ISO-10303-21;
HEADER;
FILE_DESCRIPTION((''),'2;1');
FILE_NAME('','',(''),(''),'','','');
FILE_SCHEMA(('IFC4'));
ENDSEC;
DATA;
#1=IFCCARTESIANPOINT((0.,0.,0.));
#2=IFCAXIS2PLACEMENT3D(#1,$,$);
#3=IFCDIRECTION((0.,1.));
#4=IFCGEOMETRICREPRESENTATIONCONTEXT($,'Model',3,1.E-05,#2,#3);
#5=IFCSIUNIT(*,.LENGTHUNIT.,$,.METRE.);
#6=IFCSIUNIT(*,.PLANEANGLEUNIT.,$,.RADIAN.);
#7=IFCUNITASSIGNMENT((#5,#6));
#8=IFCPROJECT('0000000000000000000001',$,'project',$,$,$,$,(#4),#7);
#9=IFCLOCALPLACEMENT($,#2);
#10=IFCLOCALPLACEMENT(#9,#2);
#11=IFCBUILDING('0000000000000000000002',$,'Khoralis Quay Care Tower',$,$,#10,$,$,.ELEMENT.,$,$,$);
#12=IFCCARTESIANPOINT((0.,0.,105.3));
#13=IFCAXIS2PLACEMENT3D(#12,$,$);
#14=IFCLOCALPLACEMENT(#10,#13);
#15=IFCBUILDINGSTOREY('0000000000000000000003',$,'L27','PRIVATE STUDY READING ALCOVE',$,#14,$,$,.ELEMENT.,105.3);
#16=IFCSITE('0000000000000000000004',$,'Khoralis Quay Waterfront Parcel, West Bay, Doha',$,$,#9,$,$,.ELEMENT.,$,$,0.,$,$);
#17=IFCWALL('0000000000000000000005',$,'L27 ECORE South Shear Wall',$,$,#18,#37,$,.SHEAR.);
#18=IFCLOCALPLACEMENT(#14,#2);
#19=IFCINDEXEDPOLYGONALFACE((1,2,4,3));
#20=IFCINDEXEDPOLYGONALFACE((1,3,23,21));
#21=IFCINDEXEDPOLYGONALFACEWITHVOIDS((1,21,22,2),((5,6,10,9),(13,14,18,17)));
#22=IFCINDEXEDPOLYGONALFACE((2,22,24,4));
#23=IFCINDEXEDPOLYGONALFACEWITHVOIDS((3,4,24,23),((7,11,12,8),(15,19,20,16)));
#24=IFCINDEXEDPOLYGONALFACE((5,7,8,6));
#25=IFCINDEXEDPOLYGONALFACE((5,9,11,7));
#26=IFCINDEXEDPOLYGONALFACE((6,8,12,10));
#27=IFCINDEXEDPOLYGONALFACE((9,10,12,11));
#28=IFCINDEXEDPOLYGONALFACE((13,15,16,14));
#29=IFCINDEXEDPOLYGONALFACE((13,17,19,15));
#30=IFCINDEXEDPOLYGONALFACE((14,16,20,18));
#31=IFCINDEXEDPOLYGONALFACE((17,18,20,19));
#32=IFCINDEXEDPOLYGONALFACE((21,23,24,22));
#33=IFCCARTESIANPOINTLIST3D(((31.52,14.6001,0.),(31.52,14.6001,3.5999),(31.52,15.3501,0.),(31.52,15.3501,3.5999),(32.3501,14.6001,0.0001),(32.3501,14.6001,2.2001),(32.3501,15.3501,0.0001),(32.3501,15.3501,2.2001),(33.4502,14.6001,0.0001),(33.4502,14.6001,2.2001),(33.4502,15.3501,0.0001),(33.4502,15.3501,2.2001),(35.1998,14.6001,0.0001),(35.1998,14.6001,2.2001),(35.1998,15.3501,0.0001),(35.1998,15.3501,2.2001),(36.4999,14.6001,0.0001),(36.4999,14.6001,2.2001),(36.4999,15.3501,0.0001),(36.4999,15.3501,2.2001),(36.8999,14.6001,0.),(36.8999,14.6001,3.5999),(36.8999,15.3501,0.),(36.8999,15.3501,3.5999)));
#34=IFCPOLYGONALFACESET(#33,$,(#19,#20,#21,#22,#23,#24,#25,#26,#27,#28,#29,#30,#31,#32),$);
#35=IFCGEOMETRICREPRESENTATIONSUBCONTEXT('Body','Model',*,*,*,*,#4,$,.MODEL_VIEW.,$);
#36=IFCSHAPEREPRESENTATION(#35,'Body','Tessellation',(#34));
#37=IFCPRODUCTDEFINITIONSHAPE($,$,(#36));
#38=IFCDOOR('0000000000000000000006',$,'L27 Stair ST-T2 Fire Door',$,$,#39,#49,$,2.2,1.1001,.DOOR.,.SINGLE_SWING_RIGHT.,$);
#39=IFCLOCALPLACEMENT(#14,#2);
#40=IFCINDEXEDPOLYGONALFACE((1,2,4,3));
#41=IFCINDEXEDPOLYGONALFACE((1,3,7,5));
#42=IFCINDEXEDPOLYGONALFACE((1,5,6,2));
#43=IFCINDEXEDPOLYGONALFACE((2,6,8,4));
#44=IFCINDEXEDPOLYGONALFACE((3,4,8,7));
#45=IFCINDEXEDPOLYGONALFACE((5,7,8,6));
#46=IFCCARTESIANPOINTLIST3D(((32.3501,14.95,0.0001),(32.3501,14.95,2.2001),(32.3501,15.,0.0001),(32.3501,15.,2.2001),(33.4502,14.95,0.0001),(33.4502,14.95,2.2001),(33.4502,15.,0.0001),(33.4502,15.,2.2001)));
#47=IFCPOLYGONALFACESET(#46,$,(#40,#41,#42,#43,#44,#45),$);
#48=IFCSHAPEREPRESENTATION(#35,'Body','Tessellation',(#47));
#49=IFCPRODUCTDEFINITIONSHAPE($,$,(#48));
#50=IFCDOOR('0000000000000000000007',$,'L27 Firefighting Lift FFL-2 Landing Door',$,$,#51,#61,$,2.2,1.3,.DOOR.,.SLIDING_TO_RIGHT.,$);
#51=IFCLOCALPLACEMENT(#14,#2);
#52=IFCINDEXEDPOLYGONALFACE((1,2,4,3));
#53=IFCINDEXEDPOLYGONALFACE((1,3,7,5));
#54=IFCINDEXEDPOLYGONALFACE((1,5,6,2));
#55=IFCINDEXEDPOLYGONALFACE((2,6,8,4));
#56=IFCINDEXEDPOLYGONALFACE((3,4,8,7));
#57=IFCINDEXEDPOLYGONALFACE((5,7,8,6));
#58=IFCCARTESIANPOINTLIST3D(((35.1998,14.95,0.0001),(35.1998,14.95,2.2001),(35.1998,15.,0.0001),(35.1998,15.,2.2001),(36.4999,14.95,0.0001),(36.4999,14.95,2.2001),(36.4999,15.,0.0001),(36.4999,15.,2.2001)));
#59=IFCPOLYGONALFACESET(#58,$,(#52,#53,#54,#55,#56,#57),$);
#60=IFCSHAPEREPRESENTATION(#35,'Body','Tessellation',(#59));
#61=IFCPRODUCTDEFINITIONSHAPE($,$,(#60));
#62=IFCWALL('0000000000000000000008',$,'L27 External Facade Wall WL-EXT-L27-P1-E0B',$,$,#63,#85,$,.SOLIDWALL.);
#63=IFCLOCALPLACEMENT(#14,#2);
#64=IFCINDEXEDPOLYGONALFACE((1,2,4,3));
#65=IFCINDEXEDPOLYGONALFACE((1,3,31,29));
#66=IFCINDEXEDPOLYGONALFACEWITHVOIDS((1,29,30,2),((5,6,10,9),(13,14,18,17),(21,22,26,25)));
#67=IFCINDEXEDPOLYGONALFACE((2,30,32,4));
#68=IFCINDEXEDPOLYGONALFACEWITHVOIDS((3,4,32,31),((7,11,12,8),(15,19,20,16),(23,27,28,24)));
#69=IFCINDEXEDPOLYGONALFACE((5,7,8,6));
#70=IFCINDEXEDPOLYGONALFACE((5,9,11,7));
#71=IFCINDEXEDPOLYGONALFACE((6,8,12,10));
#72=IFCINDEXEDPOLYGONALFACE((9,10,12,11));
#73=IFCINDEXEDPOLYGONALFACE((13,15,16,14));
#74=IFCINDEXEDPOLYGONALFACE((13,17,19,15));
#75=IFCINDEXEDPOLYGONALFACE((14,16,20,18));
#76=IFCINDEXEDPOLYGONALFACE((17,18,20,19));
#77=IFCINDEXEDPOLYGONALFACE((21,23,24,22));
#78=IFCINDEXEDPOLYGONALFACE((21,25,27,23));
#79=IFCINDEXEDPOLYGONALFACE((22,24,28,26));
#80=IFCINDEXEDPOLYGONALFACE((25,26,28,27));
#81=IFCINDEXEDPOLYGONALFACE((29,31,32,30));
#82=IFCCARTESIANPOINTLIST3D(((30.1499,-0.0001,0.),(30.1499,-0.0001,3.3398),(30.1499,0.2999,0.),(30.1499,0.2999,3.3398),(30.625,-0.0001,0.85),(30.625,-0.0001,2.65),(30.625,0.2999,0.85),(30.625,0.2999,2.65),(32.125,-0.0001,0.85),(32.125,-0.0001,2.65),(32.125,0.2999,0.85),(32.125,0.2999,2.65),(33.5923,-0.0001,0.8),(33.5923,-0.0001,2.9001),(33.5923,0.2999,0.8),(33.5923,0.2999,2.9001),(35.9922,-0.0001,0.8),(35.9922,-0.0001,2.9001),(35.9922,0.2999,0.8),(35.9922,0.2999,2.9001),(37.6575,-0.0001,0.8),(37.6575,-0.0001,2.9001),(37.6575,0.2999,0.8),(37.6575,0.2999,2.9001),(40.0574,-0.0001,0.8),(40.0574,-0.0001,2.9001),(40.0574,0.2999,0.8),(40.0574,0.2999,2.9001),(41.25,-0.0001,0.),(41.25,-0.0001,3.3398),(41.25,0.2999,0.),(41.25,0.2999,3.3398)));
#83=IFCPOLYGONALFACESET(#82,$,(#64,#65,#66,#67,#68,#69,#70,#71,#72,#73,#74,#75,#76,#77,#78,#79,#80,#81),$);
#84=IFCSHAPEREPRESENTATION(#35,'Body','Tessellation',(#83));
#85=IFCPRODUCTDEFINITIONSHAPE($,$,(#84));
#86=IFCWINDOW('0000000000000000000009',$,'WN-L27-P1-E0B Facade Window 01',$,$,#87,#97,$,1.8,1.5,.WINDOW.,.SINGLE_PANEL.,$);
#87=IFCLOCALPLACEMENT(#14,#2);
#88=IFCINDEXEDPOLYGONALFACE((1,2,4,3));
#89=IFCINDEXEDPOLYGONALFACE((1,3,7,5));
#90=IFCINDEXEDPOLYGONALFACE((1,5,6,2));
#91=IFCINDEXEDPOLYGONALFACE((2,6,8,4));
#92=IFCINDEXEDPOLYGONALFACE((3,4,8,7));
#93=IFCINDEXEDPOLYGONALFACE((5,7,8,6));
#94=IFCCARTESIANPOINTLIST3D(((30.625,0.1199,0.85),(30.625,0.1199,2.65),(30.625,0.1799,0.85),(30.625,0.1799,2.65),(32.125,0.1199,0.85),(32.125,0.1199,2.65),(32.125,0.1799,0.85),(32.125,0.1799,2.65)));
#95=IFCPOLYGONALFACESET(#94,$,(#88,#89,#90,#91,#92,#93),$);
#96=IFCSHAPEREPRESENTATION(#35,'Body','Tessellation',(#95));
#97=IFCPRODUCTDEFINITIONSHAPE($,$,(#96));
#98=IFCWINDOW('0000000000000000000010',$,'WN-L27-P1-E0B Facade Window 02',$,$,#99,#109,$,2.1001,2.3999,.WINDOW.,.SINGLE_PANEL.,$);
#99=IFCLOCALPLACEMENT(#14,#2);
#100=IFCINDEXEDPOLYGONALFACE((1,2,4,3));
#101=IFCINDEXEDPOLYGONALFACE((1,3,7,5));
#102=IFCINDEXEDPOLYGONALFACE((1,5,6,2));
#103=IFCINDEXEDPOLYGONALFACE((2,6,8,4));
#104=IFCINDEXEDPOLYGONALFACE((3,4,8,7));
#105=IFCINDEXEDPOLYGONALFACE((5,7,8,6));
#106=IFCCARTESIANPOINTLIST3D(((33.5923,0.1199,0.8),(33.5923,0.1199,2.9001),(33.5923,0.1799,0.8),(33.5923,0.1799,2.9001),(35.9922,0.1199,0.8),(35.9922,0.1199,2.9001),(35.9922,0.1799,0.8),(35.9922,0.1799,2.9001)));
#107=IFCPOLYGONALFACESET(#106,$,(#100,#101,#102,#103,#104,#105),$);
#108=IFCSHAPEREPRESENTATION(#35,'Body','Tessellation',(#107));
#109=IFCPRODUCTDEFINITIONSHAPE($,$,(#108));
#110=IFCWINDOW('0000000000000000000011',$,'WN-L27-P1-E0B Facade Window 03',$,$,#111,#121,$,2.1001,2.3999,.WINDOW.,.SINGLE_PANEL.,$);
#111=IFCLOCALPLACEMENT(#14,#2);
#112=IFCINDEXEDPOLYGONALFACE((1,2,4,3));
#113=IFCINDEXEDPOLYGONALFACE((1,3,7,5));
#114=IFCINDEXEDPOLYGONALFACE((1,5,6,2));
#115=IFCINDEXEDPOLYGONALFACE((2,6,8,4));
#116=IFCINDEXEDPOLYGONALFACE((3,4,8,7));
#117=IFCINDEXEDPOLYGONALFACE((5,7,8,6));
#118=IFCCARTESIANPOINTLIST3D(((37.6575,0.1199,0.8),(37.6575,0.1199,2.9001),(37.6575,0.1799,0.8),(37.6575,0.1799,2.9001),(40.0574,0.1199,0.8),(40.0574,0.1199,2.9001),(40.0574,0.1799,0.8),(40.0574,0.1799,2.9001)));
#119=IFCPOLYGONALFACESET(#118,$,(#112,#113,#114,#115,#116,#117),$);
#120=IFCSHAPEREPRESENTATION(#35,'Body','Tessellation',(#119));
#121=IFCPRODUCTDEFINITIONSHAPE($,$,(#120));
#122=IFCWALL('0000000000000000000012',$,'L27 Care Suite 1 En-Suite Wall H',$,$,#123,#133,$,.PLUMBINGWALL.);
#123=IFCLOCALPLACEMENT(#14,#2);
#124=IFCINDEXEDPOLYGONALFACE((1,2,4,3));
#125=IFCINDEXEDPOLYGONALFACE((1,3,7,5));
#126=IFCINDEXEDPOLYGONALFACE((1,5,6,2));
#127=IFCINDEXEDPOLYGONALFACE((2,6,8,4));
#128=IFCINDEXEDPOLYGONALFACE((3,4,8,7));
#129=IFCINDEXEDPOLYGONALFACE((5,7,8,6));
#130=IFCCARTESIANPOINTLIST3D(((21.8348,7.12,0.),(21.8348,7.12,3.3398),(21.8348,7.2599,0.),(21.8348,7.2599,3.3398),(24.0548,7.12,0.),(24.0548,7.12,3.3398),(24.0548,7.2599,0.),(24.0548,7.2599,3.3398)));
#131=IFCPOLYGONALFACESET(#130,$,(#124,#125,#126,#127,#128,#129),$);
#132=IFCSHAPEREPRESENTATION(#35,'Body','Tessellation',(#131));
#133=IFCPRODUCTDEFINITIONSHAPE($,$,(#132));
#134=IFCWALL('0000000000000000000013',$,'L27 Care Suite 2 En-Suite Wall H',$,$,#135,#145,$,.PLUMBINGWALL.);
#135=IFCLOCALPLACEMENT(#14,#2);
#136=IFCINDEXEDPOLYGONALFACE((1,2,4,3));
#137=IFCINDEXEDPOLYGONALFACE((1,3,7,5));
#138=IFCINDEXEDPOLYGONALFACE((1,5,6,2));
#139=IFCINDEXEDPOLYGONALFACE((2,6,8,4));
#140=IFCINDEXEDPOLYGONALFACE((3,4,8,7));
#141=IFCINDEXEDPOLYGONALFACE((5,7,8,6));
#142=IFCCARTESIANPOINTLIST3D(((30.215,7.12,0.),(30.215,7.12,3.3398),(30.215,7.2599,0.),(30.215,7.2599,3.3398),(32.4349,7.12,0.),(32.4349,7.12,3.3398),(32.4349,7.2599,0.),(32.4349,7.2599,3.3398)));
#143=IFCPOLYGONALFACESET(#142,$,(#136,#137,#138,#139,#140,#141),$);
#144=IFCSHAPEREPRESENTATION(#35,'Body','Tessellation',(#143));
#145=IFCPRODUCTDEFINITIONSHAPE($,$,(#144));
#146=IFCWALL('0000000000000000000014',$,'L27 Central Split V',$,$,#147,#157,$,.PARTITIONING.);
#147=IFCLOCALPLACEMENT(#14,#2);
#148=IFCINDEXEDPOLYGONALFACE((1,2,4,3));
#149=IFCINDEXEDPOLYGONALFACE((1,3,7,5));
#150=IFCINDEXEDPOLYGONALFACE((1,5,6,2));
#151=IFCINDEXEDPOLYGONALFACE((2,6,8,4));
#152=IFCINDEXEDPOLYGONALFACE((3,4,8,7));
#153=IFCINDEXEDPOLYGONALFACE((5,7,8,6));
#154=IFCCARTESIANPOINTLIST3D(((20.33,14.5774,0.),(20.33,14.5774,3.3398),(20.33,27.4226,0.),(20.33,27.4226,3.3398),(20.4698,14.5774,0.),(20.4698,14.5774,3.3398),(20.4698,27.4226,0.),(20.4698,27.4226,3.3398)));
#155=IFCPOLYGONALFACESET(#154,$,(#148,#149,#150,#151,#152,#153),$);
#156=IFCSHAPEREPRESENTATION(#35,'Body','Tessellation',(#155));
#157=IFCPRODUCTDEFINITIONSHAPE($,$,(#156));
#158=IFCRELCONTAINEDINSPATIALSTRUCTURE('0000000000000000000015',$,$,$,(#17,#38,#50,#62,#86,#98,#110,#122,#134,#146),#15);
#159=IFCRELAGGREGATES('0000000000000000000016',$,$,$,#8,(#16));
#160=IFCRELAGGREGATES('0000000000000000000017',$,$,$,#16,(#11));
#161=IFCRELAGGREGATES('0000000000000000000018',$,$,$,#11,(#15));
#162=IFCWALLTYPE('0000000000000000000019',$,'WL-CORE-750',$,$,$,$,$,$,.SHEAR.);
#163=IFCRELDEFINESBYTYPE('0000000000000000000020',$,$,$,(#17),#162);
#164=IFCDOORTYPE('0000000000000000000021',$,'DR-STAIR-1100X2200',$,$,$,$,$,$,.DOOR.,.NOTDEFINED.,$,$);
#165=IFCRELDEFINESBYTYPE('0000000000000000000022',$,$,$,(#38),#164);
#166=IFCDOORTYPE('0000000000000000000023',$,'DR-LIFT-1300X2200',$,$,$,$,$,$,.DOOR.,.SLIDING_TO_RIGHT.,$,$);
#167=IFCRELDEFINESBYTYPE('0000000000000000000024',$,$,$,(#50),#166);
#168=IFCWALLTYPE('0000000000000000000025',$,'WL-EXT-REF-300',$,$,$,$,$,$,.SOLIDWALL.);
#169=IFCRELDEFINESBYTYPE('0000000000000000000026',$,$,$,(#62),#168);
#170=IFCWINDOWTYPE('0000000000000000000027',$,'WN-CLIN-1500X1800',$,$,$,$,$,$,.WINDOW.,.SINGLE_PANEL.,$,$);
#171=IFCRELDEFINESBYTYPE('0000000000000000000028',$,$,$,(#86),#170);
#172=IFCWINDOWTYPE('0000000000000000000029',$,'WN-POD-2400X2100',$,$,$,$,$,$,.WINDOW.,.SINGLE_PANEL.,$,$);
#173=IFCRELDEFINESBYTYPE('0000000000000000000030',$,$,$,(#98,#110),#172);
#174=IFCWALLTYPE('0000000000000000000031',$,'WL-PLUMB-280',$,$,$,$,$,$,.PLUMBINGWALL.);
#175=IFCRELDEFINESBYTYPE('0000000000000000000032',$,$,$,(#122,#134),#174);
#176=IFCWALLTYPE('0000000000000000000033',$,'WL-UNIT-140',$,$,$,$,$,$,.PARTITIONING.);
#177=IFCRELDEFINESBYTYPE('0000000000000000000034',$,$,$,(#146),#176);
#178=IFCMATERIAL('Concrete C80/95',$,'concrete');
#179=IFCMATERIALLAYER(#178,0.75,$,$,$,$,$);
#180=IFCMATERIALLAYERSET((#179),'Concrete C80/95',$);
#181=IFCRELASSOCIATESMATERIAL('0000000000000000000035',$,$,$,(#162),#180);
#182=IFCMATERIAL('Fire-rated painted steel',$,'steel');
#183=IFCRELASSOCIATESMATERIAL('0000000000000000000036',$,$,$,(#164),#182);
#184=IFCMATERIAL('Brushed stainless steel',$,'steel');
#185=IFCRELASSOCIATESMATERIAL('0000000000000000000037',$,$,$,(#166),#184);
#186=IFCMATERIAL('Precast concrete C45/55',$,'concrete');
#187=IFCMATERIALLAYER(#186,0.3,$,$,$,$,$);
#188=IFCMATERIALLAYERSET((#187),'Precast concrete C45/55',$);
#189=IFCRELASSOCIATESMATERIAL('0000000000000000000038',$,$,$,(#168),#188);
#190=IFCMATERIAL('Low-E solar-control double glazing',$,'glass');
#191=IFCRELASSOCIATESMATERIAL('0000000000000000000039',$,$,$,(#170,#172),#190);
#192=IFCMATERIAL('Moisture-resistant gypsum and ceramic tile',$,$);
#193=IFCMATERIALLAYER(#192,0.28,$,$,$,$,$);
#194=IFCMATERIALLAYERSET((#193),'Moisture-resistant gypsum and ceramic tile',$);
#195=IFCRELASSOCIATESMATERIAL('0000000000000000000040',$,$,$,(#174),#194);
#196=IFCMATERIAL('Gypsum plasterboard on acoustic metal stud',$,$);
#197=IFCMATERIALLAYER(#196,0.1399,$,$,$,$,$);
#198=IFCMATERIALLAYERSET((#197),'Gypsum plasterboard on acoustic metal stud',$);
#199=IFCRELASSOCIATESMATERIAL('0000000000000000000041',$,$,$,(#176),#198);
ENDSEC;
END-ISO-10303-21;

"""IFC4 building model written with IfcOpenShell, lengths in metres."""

from ifc_helpers import new_model, si_unit, direction, frame, frame_2d, origin, place, context, subcontext, project, spatial, rectangle, extrude, source, transform, mapped, material, layer, layer_set, type_object, element, fill, save


model = new_model("IFC4")

# Units and contexts
model_context = context("Model", 3, precision=1e-05, world=origin(), true_north=direction((0.0, 1.0)))
body_context = subcontext(model_context, "Body", "Model", "MODEL_VIEW")
ifc_project = project(units=[si_unit("LENGTHUNIT", "METRE"), si_unit("PLANEANGLEUNIT", "RADIAN")], contexts=[model_context])

# Site, building, storey
site_placement = place(None, origin())
site = spatial("IfcSite", under=ifc_project, at=site_placement, Name="Khoralis Quay Waterfront Parcel, West Bay, Doha", CompositionType="ELEMENT", RefElevation=0.0)
building_placement = place(site_placement, origin())
building = spatial("IfcBuilding", under=site, at=building_placement, Name="Khoralis Quay Care Tower", CompositionType="ELEMENT")
storey_placement = place(building_placement, frame((0.0, 0.0, 105.3)))
storey = spatial("IfcBuildingStorey", under=building, at=storey_placement, Name="L27", Description="PRIVATE STUDY READING ALCOVE", CompositionType="ELEMENT", Elevation=105.3)

# Shared definitions
ifc_material_1 = material(Name="Low-E solar-control double glazing", Category="glass")

# Shared definitions
ifc_material_2 = material(Name="Gypsum plasterboard on acoustic metal stud")
ifc_material_3 = material(Name="Fire-rated painted steel", Category="steel")

# Shared definitions
ifc_material_4 = material(Name="Concrete C80/95", Category="concrete")
ifc_layer_1 = layer(ifc_material_4, 0.75)
ifc_layer_set_1 = layer_set([ifc_layer_1], Name="Concrete C80/95")
wall_type_1 = type_object("IfcWallType", Name="WL-CORE-750", PredefinedType="SHEAR", material=ifc_layer_set_1)

# Wall, openings, doors
wall_1_placement = place(storey_placement, frame((31.52, 14.9751, 0.0), z_axis=(0.0, 0.0, 1.0), x_axis=(1.0, 0.0, 0.0)))
wall_1 = element("IfcWall", 1, at=wall_1_placement, inside=storey, type_object=wall_type_1, Name="L27 ECORE South Shear Wall", PredefinedType="SHEAR", context=body_context, shape_type="SweptSolid", body=[
    extrude(rectangle(XDim=5.3799, YDim=0.75, at=frame_2d((2.6899, 0.0))), origin(), (0.0, 0.0, 1.0), 3.5999),
])
opening_1_placement = place(wall_1_placement, frame((0.8301, 0.0, 0.0)))
opening_1 = element("IfcOpeningElement", 2, at=opening_1_placement, cuts=wall_1, PredefinedType="OPENING", context=body_context, shape_type="SweptSolid", body=[
    extrude(rectangle(XDim=1.1001, YDim=2.2, at=frame_2d((0.55, 1.1001))), frame((0.0, 0.385, 0.0), z_axis=(0.0, -1.0, 0.0), x_axis=(1.0, 0.0, 0.0)), (0.0, 0.0, 1.0), 0.77),
])
opening_2_placement = place(wall_1_placement, frame((3.6799, 0.0, 0.0)))
opening_2 = element("IfcOpeningElement", 3, at=opening_2_placement, cuts=wall_1, PredefinedType="OPENING", context=body_context, shape_type="SweptSolid", body=[
    extrude(rectangle(XDim=1.3, YDim=2.2, at=frame_2d((0.6499, 1.1001))), frame((0.0, 0.385, 0.0), z_axis=(0.0, -1.0, 0.0), x_axis=(1.0, 0.0, 0.0)), (0.0, 0.0, 1.0), 0.77),
])
door_type_1 = type_object("IfcDoorType", Name="DR-STAIR-1100X2200", OperationType="NOTDEFINED", PredefinedType="DOOR", material=ifc_material_3)
shared_shape_1 = source(origin(), body_context, "Body", "SweptSolid", [
    extrude(rectangle(XDim=1.1001, YDim=2.2, at=frame_2d((0.55, 1.1001))), frame((0.0, 0.0249, 0.0), z_axis=(0.0, -1.0, 0.0), x_axis=(1.0, 0.0, 0.0)), (0.0, 0.0, 1.0), 0.05),
])
door_1_placement = place(opening_1_placement, origin())
door_1 = element("IfcDoor", 4, at=door_1_placement, inside=storey, type_object=door_type_1, Name="L27 Stair ST-T2 Fire Door", OperationType="SINGLE_SWING_RIGHT", OverallHeight=2.2, OverallWidth=1.1001, PredefinedType="DOOR", context=body_context, shape_type="MappedRepresentation", body=[
    mapped(shared_shape_1, transform((0.0, 0.0, 0.0), scale=1.0)),
])
fill(opening_1, door_1)
ifc_material_5 = material(Name="Brushed stainless steel", Category="steel")
door_type_2 = type_object("IfcDoorType", Name="DR-LIFT-1300X2200", OperationType="SLIDING_TO_RIGHT", PredefinedType="DOOR", material=ifc_material_5)
shared_shape_2 = source(origin(), body_context, "Body", "SweptSolid", [
    extrude(rectangle(XDim=1.3, YDim=2.2, at=frame_2d((0.6499, 1.1001))), frame((0.0, 0.0249, 0.0), z_axis=(0.0, -1.0, 0.0), x_axis=(1.0, 0.0, 0.0)), (0.0, 0.0, 1.0), 0.05),
])
door_2_placement = place(opening_2_placement, origin())
door_2 = element("IfcDoor", 5, at=door_2_placement, inside=storey, type_object=door_type_2, Name="L27 Firefighting Lift FFL-2 Landing Door", OperationType="SLIDING_TO_RIGHT", OverallHeight=2.2, OverallWidth=1.3, PredefinedType="DOOR", context=body_context, shape_type="MappedRepresentation", body=[
    mapped(shared_shape_2, transform((0.0, 0.0, 0.0), scale=1.0)),
])
fill(opening_2, door_2)

# Wall, openings, windows
ifc_material_6 = material(Name="Precast concrete C45/55", Category="concrete")
ifc_layer_2 = layer(ifc_material_6, 0.3)
ifc_layer_set_2 = layer_set([ifc_layer_2], Name="Precast concrete C45/55")
wall_type_2 = type_object("IfcWallType", Name="WL-EXT-REF-300", PredefinedType="SOLIDWALL", material=ifc_layer_set_2)
wall_2_placement = place(storey_placement, frame((30.1499, 0.1499, 0.0), z_axis=(0.0, 0.0, 1.0), x_axis=(1.0, 0.0, 0.0)))
wall_2 = element("IfcWall", 6, at=wall_2_placement, inside=storey, type_object=wall_type_2, Name="L27 External Facade Wall WL-EXT-L27-P1-E0B", PredefinedType="SOLIDWALL", context=body_context, shape_type="SweptSolid", body=[
    extrude(rectangle(XDim=11.1001, YDim=0.3, at=frame_2d((5.55, 0.0))), origin(), (0.0, 0.0, 1.0), 3.3398),
])
opening_3_placement = place(wall_2_placement, frame((0.4751, 0.0, 0.8501)))
opening_3 = element("IfcOpeningElement", 7, at=opening_3_placement, cuts=wall_2, PredefinedType="OPENING", context=body_context, shape_type="SweptSolid", body=[
    extrude(rectangle(XDim=1.5, YDim=1.8, at=frame_2d((0.75, 0.8999))), frame((0.0, 0.1602, 0.0), z_axis=(0.0, -1.0, 0.0), x_axis=(1.0, 0.0, 0.0)), (0.0, 0.0, 1.0), 0.3201),
])
opening_4_placement = place(wall_2_placement, frame((3.4424, 0.0, 0.8)))
opening_4 = element("IfcOpeningElement", 8, at=opening_4_placement, cuts=wall_2, PredefinedType="OPENING", context=body_context, shape_type="SweptSolid", body=[
    extrude(rectangle(XDim=2.3999, YDim=2.1001, at=frame_2d((1.2, 1.05))), frame((0.0, 0.1602, 0.0), z_axis=(0.0, -1.0, 0.0), x_axis=(1.0, 0.0, 0.0)), (0.0, 0.0, 1.0), 0.3201),
])
opening_5_placement = place(wall_2_placement, frame((7.5076, 0.0, 0.8)))
opening_5 = element("IfcOpeningElement", 9, at=opening_5_placement, cuts=wall_2, PredefinedType="OPENING", context=body_context, shape_type="SweptSolid", body=[
    extrude(rectangle(XDim=2.3999, YDim=2.1001, at=frame_2d((1.2, 1.05))), frame((0.0, 0.1602, 0.0), z_axis=(0.0, -1.0, 0.0), x_axis=(1.0, 0.0, 0.0)), (0.0, 0.0, 1.0), 0.3201),
])
window_type_1 = type_object("IfcWindowType", Name="WN-CLIN-1500X1800", PartitioningType="SINGLE_PANEL", PredefinedType="WINDOW", material=ifc_material_1)
shared_shape_3 = source(origin(), body_context, "Body", "SweptSolid", [
    extrude(rectangle(XDim=1.5, YDim=1.8, at=frame_2d((0.75, 0.8999))), frame((0.0, 0.03, 0.0), z_axis=(0.0, -1.0, 0.0), x_axis=(1.0, 0.0, 0.0)), (0.0, 0.0, 1.0), 0.0601),
])
window_1_placement = place(opening_3_placement, origin())
window_1 = element("IfcWindow", 10, at=window_1_placement, inside=storey, type_object=window_type_1, Name="WN-L27-P1-E0B Facade Window 01", OverallHeight=1.8, OverallWidth=1.5, PartitioningType="SINGLE_PANEL", PredefinedType="WINDOW", context=body_context, shape_type="MappedRepresentation", body=[
    mapped(shared_shape_3, transform((0.0, 0.0, 0.0), scale=1.0)),
])
fill(opening_3, window_1)
window_type_2 = type_object("IfcWindowType", Name="WN-POD-2400X2100", PartitioningType="SINGLE_PANEL", PredefinedType="WINDOW", material=ifc_material_1)
shared_shape_4 = source(origin(), body_context, "Body", "SweptSolid", [
    extrude(rectangle(XDim=2.3999, YDim=2.1001, at=frame_2d((1.2, 1.05))), frame((0.0, 0.03, 0.0), z_axis=(0.0, -1.0, 0.0), x_axis=(1.0, 0.0, 0.0)), (0.0, 0.0, 1.0), 0.0601),
])
window_2_placement = place(opening_4_placement, origin())
window_2 = element("IfcWindow", 11, at=window_2_placement, inside=storey, type_object=window_type_2, Name="WN-L27-P1-E0B Facade Window 02", OverallHeight=2.1001, OverallWidth=2.3999, PartitioningType="SINGLE_PANEL", PredefinedType="WINDOW", context=body_context, shape_type="MappedRepresentation", body=[
    mapped(shared_shape_4, transform((0.0, 0.0, 0.0), scale=1.0)),
])
fill(opening_4, window_2)
window_3_placement = place(opening_5_placement, origin())
window_3 = element("IfcWindow", 12, at=window_3_placement, inside=storey, type_object=window_type_2, Name="WN-L27-P1-E0B Facade Window 03", OverallHeight=2.1001, OverallWidth=2.3999, PartitioningType="SINGLE_PANEL", PredefinedType="WINDOW", context=body_context, shape_type="MappedRepresentation", body=[
    mapped(shared_shape_4, transform((0.0, 0.0, 0.0), scale=1.0)),
])
fill(opening_5, window_3)

# Walls
ifc_material_7 = material(Name="Moisture-resistant gypsum and ceramic tile")
ifc_layer_3 = layer(ifc_material_7, 0.28)
ifc_layer_set_3 = layer_set([ifc_layer_3], Name="Moisture-resistant gypsum and ceramic tile")
wall_type_3 = type_object("IfcWallType", Name="WL-PLUMB-280", PredefinedType="PLUMBINGWALL", material=ifc_layer_set_3)
for number, where, z_axis, x_axis, name in (
    (13, (21.835, 7.1899, 0.0), (0.0, 0.0, 1.0), (1.0, 0.0, 0.0), "L27 Care Suite 1 En-Suite Wall H"),
    (14, (30.2151, 7.1899, 0.0), (0.0, 0.0, 1.0), (1.0, 0.0, 0.0), "L27 Care Suite 2 En-Suite Wall H"),
):
    element("IfcWall", number, at=place(storey_placement, frame(where, z_axis=z_axis, x_axis=x_axis)), inside=storey, type_object=wall_type_3, Name=name, PredefinedType="PLUMBINGWALL", context=body_context, shape_type="SweptSolid", body=[
        extrude(rectangle(XDim=2.22, YDim=0.1399, at=frame_2d((1.1099, 0.0))), origin(), (0.0, 0.0, 1.0), 3.3398),
    ])
ifc_layer_4 = layer(ifc_material_2, 0.1399)
ifc_layer_set_4 = layer_set([ifc_layer_4], Name="Gypsum plasterboard on acoustic metal stud")
wall_type_4 = type_object("IfcWallType", Name="WL-UNIT-140", PredefinedType="PARTITIONING", material=ifc_layer_set_4)
wall_3_placement = place(storey_placement, frame((20.3999, 14.5774, 0.0), z_axis=(0.0, 0.0, 1.0), x_axis=(0.0, 1.0, 0.0)))
element("IfcWall", 15, at=wall_3_placement, inside=storey, type_object=wall_type_4, Name="L27 Central Split V", PredefinedType="PARTITIONING", context=body_context, shape_type="SweptSolid", body=[
    extrude(rectangle(XDim=12.8452, YDim=0.1399, at=frame_2d((6.4226, 0.0))), origin(), (0.0, 0.0, 1.0), 3.3398),
])

save(model, "model.ifc")
